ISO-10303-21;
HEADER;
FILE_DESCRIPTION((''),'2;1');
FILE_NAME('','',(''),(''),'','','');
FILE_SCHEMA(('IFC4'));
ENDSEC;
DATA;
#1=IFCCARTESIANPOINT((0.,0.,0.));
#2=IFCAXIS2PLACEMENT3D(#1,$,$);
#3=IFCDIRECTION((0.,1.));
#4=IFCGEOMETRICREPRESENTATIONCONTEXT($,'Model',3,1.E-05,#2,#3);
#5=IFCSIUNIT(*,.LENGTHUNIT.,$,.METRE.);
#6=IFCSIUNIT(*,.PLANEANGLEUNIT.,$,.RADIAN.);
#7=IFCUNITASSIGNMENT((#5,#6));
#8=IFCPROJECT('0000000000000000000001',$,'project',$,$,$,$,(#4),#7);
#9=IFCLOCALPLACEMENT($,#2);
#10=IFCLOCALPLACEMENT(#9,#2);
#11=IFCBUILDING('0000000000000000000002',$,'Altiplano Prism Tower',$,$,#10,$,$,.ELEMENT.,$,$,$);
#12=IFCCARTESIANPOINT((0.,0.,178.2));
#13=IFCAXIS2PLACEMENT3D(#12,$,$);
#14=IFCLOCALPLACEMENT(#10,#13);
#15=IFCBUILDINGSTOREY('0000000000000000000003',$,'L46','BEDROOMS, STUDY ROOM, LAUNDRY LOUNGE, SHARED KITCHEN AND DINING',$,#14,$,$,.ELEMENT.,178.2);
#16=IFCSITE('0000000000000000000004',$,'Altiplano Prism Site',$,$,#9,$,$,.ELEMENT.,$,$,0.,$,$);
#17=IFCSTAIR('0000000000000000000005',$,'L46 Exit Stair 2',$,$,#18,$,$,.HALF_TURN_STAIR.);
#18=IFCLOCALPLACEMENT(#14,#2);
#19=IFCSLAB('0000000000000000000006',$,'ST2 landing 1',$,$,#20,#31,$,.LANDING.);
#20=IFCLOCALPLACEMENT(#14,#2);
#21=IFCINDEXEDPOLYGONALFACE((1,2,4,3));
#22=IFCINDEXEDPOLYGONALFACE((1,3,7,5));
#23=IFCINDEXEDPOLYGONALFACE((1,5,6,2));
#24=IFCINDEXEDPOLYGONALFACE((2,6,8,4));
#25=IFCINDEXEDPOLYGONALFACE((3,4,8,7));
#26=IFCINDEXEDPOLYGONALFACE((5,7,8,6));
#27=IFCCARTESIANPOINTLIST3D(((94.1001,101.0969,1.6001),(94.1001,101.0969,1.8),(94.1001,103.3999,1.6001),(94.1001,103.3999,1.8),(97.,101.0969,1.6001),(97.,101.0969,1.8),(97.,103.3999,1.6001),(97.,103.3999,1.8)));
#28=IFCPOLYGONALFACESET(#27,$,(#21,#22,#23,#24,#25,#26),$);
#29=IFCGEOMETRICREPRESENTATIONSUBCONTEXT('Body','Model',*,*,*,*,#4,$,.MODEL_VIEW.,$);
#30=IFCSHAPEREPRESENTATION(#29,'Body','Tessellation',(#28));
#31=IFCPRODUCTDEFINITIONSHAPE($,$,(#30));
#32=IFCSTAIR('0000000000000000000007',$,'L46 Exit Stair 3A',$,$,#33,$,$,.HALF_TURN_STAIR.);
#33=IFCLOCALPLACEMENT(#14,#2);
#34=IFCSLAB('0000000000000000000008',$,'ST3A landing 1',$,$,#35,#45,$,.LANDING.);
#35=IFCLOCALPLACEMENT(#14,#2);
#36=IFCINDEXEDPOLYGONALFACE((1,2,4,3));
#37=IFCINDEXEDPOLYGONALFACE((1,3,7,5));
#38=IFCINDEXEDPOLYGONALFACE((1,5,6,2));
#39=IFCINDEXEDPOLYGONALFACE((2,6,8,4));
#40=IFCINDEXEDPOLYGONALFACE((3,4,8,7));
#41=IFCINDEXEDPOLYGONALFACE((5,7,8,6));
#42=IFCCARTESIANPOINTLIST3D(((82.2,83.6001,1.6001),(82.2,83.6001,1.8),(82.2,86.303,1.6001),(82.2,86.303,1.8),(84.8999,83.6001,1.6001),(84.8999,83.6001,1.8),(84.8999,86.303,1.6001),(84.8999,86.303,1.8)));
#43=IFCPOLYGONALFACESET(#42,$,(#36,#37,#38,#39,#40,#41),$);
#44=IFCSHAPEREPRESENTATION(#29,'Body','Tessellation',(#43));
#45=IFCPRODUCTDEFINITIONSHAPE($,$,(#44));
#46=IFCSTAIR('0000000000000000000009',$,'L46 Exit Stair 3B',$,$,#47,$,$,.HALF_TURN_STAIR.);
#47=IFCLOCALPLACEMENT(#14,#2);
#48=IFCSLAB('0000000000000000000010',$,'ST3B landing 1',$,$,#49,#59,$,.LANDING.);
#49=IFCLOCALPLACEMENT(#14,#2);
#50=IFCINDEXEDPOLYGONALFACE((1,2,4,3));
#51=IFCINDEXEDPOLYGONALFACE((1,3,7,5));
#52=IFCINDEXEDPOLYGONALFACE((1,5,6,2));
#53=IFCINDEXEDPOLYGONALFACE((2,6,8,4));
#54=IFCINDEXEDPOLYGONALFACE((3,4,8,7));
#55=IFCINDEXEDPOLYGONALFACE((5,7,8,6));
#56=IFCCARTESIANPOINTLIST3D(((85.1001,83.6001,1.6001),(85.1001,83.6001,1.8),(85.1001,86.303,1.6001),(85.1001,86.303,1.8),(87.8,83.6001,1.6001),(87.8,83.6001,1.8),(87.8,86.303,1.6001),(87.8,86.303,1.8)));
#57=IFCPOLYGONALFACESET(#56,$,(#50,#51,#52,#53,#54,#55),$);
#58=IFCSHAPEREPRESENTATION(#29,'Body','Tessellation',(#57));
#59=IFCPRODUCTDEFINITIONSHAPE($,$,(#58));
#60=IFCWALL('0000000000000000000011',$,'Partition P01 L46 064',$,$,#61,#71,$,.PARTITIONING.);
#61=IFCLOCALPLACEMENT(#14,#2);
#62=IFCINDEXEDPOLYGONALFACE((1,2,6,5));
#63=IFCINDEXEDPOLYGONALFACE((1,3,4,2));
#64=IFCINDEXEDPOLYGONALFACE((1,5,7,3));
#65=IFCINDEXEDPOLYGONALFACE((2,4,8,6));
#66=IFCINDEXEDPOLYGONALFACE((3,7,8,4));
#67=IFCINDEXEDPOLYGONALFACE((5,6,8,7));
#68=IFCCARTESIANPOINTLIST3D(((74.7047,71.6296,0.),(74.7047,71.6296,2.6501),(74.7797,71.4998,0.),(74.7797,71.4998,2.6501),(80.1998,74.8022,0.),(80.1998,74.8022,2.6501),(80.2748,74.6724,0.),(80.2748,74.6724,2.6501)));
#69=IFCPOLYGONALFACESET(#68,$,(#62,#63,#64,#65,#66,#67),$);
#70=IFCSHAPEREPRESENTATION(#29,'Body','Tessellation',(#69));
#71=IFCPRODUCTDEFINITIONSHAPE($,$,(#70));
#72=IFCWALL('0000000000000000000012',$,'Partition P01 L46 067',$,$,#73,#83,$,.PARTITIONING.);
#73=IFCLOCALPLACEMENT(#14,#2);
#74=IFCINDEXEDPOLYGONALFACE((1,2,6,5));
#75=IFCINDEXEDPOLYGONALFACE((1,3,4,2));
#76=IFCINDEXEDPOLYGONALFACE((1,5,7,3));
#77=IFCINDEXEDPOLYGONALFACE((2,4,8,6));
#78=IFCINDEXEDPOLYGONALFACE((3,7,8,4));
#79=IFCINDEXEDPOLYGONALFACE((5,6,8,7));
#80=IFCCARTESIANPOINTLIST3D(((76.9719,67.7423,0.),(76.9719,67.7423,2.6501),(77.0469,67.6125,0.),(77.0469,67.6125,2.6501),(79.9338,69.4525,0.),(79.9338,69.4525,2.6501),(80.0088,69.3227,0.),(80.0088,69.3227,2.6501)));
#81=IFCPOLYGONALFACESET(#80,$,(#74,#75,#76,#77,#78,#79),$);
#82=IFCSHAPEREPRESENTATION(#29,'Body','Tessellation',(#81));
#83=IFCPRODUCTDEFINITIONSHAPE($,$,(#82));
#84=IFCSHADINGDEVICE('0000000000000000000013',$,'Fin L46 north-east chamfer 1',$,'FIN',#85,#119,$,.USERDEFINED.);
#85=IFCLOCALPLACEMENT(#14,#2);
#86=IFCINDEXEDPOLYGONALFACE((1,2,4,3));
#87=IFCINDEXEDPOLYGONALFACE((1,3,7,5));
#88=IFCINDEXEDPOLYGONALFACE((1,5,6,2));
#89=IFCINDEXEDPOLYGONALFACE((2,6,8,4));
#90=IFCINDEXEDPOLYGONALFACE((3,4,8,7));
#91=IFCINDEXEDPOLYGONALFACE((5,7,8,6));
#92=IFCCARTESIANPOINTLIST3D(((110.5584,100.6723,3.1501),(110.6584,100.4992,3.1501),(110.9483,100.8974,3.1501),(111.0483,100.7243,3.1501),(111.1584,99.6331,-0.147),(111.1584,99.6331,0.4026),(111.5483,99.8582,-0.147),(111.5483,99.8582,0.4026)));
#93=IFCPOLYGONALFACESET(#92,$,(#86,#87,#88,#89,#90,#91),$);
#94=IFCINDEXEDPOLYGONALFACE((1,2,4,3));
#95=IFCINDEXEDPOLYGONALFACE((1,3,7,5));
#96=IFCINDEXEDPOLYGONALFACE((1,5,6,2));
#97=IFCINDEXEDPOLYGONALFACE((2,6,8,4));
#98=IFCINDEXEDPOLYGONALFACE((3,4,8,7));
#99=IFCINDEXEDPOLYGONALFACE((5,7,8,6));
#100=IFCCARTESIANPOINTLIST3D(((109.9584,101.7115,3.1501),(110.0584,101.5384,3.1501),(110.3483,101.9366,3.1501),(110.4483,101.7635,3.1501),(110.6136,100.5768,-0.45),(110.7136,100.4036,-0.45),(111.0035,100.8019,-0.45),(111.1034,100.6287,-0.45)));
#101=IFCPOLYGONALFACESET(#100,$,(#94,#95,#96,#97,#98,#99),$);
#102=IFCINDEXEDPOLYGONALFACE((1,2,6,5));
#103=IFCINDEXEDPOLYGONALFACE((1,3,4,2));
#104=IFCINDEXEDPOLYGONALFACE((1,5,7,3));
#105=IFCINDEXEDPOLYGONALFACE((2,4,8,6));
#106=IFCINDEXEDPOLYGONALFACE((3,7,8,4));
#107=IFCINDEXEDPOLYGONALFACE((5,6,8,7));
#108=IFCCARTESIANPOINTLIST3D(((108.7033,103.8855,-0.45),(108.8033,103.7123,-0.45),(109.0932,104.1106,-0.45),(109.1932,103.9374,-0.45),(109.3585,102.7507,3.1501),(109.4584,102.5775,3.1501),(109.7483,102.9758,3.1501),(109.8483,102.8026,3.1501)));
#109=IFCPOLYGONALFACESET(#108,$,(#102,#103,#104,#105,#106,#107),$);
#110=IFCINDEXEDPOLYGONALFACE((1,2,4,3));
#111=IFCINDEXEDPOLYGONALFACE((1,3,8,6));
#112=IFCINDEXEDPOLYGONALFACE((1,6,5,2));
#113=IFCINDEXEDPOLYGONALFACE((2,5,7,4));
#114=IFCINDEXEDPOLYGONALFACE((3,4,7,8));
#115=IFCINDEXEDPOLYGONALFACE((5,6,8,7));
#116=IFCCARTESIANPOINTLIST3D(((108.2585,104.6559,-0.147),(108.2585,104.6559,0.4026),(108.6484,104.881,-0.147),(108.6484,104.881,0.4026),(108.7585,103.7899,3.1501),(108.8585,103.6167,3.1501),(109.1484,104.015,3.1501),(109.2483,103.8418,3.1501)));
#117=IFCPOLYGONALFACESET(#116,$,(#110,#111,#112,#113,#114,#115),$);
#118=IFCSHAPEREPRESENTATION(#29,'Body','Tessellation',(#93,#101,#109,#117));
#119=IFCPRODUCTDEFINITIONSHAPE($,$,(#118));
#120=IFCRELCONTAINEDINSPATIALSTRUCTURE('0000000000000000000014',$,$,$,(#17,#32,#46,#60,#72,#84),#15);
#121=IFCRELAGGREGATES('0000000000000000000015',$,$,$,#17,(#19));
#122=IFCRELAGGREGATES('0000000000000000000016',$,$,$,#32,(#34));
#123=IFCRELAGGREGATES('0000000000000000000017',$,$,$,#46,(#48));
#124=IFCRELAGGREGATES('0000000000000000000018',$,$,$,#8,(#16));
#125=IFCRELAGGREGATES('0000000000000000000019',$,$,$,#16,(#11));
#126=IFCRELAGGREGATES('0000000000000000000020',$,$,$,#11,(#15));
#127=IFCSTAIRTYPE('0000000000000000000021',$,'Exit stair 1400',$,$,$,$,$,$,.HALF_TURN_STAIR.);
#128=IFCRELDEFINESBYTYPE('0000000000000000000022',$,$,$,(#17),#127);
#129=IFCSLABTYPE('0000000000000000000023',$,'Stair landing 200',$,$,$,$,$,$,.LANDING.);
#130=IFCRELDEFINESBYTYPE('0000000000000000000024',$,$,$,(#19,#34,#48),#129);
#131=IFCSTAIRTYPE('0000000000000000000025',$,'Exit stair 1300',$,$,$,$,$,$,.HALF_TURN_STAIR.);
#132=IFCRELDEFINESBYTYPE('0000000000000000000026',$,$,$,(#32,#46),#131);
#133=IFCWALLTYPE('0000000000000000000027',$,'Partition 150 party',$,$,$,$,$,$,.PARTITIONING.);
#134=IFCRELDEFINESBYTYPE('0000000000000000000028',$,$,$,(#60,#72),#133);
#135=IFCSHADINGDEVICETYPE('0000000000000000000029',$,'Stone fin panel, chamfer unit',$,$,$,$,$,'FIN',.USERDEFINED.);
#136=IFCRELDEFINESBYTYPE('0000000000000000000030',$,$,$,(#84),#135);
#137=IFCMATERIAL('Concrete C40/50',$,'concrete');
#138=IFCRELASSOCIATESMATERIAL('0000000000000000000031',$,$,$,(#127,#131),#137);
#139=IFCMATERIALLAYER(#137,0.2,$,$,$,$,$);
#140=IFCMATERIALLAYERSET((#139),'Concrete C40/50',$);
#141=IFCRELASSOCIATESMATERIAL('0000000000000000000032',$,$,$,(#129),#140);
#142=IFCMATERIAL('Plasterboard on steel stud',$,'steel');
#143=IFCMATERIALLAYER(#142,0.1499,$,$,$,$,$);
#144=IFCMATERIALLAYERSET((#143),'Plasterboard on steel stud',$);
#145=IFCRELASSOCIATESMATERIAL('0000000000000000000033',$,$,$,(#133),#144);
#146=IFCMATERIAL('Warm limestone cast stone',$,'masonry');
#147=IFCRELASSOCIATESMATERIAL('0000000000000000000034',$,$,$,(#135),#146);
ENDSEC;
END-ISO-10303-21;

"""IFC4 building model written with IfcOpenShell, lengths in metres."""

from ifc_helpers import new_model, si_unit, direction, frame, frame_2d, origin, place, context, subcontext, project, spatial, polyline, rectangle, outline, extrude, source, transform, mapped, material, layer, layer_set, type_object, element, aggregate, save


model = new_model("IFC4")

# Units and contexts
model_context = context("Model", 3, precision=1e-05, world=origin(), true_north=direction((0.0, 1.0)))
body_context = subcontext(model_context, "Body", "Model", "MODEL_VIEW")
ifc_project = project(units=[si_unit("LENGTHUNIT", "METRE"), si_unit("PLANEANGLEUNIT", "RADIAN")], contexts=[model_context])

# Site, building, storey
site_placement = place(None, origin())
site = spatial("IfcSite", under=ifc_project, at=site_placement, Name="Altiplano Prism Site", CompositionType="ELEMENT", RefElevation=0.0)
building_placement = place(site_placement, origin())
building = spatial("IfcBuilding", under=site, at=building_placement, Name="Altiplano Prism Tower", CompositionType="ELEMENT")
storey_placement = place(building_placement, frame((0.0, 0.0, 178.2)))
storey = spatial("IfcBuildingStorey", under=building, at=storey_placement, Name="L46", Description="BEDROOMS, STUDY ROOM, LAUNDRY LOUNGE, SHARED KITCHEN AND DINING", CompositionType="ELEMENT", Elevation=178.2)

# Shared definitions
ifc_material_1 = material(Name="Concrete C40/50", Category="concrete")

# Stairs, slabs
stair_type_1 = type_object("IfcStairType", Name="Exit stair 1400", PredefinedType="HALF_TURN_STAIR", material=ifc_material_1)
ifc_layer_1 = layer(ifc_material_1, 0.2)
ifc_layer_set_1 = layer_set([ifc_layer_1], Name="Concrete C40/50")
slab_type_1 = type_object("IfcSlabType", Name="Stair landing 200", PredefinedType="LANDING", material=ifc_layer_set_1)
stair_1_placement = place(storey_placement, origin())
stair_1 = element("IfcStair", 1, at=stair_1_placement, inside=storey, type_object=stair_type_1, Name="L46 Exit Stair 2", PredefinedType="HALF_TURN_STAIR")
slab_1_placement = place(storey_placement, frame((0.0, 0.0, 1.6001)))
slab_1 = element("IfcSlab", 2, at=slab_1_placement, type_object=slab_type_1, Name="ST2 landing 1", PredefinedType="LANDING", context=body_context, shape_type="SweptSolid", body=[
    extrude(outline(polyline([(97.0, 101.0969), (97.0, 103.3999), (94.1001, 103.3999), (94.1001, 101.0969), (97.0, 101.0969)])), origin(), (0.0, 0.0, 1.0), 0.2),
])
aggregate(stair_1, [slab_1])
stair_type_2 = type_object("IfcStairType", Name="Exit stair 1300", PredefinedType="HALF_TURN_STAIR", material=ifc_material_1)
stair_2_placement = place(storey_placement, origin())
stair_2 = element("IfcStair", 3, at=stair_2_placement, inside=storey, type_object=stair_type_2, Name="L46 Exit Stair 3A", PredefinedType="HALF_TURN_STAIR")
slab_2_placement = place(storey_placement, frame((0.0, 0.0, 1.6001)))
slab_2 = element("IfcSlab", 4, at=slab_2_placement, type_object=slab_type_1, Name="ST3A landing 1", PredefinedType="LANDING", context=body_context, shape_type="SweptSolid", body=[
    extrude(outline(polyline([(82.2, 86.303), (82.2, 83.6001), (84.8999, 83.6001), (84.8999, 86.303), (82.2, 86.303)])), origin(), (0.0, 0.0, 1.0), 0.2),
])
aggregate(stair_2, [slab_2])
stair_3_placement = place(storey_placement, origin())
stair_3 = element("IfcStair", 5, at=stair_3_placement, inside=storey, type_object=stair_type_2, Name="L46 Exit Stair 3B", PredefinedType="HALF_TURN_STAIR")
slab_3_placement = place(storey_placement, frame((0.0, 0.0, 1.6001)))
slab_3 = element("IfcSlab", 6, at=slab_3_placement, type_object=slab_type_1, Name="ST3B landing 1", PredefinedType="LANDING", context=body_context, shape_type="SweptSolid", body=[
    extrude(outline(polyline([(85.1001, 86.303), (85.1001, 83.6001), (87.8, 83.6001), (87.8, 86.303), (85.1001, 86.303)])), origin(), (0.0, 0.0, 1.0), 0.2),
])
aggregate(stair_3, [slab_3])

# Walls
ifc_material_2 = material(Name="Plasterboard on steel stud", Category="steel")
ifc_layer_2 = layer(ifc_material_2, 0.1499)
ifc_layer_set_2 = layer_set([ifc_layer_2], Name="Plasterboard on steel stud")
wall_type = type_object("IfcWallType", Name="Partition 150 party", PredefinedType="PARTITIONING", material=ifc_layer_set_2)
wall_1_placement = place(storey_placement, frame((74.7422, 71.5647, 0.0), z_axis=(0.0, 0.0, 1.0), x_axis=(0.866025, 0.5, 0.0)))
element("IfcWall", 7, at=wall_1_placement, inside=storey, type_object=wall_type, Name="Partition P01 L46 064", PredefinedType="PARTITIONING", context=body_context, shape_type="SweptSolid", body=[
    extrude(rectangle(XDim=6.3452, YDim=0.1499, at=frame_2d((3.1726, 0.0))), origin(), (0.0, 0.0, 1.0), 2.6501),
])
wall_2_placement = place(storey_placement, frame((77.0095, 67.6775, 0.0), z_axis=(0.0, 0.0, 1.0), x_axis=(0.866007, 0.500031, 0.0)))
element("IfcWall", 8, at=wall_2_placement, inside=storey, type_object=wall_type, Name="Partition P01 L46 067", PredefinedType="PARTITIONING", context=body_context, shape_type="SweptSolid", body=[
    extrude(rectangle(XDim=3.4202, YDim=0.1499, at=frame_2d((1.71, 0.0))), origin(), (0.0, 0.0, 1.0), 2.6501),
])

# Shading device
ifc_material_3 = material(Name="Warm limestone cast stone", Category="masonry")
shading_device_type = type_object("IfcShadingDeviceType", Name="Stone fin panel, chamfer unit", ElementType="FIN", PredefinedType="USERDEFINED", material=ifc_material_3)
shared_shape_1 = source(origin(), body_context, "Body", "SweptSolid", [
    extrude(outline(polyline([(-2.8999, 0.303), (-1.7, 3.6001), (-1.8999, 3.6001), (-2.8999, 0.8525), (-2.8999, 0.303)])), frame((0.0, -0.1499, 0.0), z_axis=(0.0, -1.0, 0.0), x_axis=(1.0, 0.0, 0.0)), (0.0, 0.0, 1.0), 0.4502),
    extrude(outline(polyline([(-2.0103, 0.0), (-1.8103, 0.0), (-0.5, 3.6001), (-0.7, 3.6001), (-2.0103, 0.0)])), frame((0.0, -0.1499, 0.0), z_axis=(0.0, -1.0, 0.0), x_axis=(1.0, 0.0, 0.0)), (0.0, 0.0, 1.0), 0.4502),
    extrude(outline(polyline([(1.8103, 0.0), (2.0103, 0.0), (0.7, 3.6001), (0.5, 3.6001), (1.8103, 0.0)])), frame((0.0, -0.1499, 0.0), z_axis=(0.0, -1.0, 0.0), x_axis=(1.0, 0.0, 0.0)), (0.0, 0.0, 1.0), 0.4502),
    extrude(outline(polyline([(2.8999, 0.8525), (1.8999, 3.6001), (1.7, 3.6001), (2.8999, 0.303), (2.8999, 0.8525)])), frame((0.0, -0.1499, 0.0), z_axis=(0.0, -1.0, 0.0), x_axis=(1.0, 0.0, 0.0)), (0.0, 0.0, 1.0), 0.4502),
])
shading_device_placement = place(storey_placement, origin())
element("IfcShadingDevice", 9, at=shading_device_placement, inside=storey, type_object=shading_device_type, Name="Fin L46 north-east chamfer 1", ObjectType="FIN", PredefinedType="USERDEFINED", context=body_context, shape_type="MappedRepresentation", body=[
    mapped(shared_shape_1, transform((109.5786, 102.0696, -0.45), x_axis=(-0.5, 0.866025, 0.0), y_axis=(-0.866025, -0.5, 0.0), z_axis=(0.0, 0.0, 1.0))),
])

save(model, "model.ifc")
